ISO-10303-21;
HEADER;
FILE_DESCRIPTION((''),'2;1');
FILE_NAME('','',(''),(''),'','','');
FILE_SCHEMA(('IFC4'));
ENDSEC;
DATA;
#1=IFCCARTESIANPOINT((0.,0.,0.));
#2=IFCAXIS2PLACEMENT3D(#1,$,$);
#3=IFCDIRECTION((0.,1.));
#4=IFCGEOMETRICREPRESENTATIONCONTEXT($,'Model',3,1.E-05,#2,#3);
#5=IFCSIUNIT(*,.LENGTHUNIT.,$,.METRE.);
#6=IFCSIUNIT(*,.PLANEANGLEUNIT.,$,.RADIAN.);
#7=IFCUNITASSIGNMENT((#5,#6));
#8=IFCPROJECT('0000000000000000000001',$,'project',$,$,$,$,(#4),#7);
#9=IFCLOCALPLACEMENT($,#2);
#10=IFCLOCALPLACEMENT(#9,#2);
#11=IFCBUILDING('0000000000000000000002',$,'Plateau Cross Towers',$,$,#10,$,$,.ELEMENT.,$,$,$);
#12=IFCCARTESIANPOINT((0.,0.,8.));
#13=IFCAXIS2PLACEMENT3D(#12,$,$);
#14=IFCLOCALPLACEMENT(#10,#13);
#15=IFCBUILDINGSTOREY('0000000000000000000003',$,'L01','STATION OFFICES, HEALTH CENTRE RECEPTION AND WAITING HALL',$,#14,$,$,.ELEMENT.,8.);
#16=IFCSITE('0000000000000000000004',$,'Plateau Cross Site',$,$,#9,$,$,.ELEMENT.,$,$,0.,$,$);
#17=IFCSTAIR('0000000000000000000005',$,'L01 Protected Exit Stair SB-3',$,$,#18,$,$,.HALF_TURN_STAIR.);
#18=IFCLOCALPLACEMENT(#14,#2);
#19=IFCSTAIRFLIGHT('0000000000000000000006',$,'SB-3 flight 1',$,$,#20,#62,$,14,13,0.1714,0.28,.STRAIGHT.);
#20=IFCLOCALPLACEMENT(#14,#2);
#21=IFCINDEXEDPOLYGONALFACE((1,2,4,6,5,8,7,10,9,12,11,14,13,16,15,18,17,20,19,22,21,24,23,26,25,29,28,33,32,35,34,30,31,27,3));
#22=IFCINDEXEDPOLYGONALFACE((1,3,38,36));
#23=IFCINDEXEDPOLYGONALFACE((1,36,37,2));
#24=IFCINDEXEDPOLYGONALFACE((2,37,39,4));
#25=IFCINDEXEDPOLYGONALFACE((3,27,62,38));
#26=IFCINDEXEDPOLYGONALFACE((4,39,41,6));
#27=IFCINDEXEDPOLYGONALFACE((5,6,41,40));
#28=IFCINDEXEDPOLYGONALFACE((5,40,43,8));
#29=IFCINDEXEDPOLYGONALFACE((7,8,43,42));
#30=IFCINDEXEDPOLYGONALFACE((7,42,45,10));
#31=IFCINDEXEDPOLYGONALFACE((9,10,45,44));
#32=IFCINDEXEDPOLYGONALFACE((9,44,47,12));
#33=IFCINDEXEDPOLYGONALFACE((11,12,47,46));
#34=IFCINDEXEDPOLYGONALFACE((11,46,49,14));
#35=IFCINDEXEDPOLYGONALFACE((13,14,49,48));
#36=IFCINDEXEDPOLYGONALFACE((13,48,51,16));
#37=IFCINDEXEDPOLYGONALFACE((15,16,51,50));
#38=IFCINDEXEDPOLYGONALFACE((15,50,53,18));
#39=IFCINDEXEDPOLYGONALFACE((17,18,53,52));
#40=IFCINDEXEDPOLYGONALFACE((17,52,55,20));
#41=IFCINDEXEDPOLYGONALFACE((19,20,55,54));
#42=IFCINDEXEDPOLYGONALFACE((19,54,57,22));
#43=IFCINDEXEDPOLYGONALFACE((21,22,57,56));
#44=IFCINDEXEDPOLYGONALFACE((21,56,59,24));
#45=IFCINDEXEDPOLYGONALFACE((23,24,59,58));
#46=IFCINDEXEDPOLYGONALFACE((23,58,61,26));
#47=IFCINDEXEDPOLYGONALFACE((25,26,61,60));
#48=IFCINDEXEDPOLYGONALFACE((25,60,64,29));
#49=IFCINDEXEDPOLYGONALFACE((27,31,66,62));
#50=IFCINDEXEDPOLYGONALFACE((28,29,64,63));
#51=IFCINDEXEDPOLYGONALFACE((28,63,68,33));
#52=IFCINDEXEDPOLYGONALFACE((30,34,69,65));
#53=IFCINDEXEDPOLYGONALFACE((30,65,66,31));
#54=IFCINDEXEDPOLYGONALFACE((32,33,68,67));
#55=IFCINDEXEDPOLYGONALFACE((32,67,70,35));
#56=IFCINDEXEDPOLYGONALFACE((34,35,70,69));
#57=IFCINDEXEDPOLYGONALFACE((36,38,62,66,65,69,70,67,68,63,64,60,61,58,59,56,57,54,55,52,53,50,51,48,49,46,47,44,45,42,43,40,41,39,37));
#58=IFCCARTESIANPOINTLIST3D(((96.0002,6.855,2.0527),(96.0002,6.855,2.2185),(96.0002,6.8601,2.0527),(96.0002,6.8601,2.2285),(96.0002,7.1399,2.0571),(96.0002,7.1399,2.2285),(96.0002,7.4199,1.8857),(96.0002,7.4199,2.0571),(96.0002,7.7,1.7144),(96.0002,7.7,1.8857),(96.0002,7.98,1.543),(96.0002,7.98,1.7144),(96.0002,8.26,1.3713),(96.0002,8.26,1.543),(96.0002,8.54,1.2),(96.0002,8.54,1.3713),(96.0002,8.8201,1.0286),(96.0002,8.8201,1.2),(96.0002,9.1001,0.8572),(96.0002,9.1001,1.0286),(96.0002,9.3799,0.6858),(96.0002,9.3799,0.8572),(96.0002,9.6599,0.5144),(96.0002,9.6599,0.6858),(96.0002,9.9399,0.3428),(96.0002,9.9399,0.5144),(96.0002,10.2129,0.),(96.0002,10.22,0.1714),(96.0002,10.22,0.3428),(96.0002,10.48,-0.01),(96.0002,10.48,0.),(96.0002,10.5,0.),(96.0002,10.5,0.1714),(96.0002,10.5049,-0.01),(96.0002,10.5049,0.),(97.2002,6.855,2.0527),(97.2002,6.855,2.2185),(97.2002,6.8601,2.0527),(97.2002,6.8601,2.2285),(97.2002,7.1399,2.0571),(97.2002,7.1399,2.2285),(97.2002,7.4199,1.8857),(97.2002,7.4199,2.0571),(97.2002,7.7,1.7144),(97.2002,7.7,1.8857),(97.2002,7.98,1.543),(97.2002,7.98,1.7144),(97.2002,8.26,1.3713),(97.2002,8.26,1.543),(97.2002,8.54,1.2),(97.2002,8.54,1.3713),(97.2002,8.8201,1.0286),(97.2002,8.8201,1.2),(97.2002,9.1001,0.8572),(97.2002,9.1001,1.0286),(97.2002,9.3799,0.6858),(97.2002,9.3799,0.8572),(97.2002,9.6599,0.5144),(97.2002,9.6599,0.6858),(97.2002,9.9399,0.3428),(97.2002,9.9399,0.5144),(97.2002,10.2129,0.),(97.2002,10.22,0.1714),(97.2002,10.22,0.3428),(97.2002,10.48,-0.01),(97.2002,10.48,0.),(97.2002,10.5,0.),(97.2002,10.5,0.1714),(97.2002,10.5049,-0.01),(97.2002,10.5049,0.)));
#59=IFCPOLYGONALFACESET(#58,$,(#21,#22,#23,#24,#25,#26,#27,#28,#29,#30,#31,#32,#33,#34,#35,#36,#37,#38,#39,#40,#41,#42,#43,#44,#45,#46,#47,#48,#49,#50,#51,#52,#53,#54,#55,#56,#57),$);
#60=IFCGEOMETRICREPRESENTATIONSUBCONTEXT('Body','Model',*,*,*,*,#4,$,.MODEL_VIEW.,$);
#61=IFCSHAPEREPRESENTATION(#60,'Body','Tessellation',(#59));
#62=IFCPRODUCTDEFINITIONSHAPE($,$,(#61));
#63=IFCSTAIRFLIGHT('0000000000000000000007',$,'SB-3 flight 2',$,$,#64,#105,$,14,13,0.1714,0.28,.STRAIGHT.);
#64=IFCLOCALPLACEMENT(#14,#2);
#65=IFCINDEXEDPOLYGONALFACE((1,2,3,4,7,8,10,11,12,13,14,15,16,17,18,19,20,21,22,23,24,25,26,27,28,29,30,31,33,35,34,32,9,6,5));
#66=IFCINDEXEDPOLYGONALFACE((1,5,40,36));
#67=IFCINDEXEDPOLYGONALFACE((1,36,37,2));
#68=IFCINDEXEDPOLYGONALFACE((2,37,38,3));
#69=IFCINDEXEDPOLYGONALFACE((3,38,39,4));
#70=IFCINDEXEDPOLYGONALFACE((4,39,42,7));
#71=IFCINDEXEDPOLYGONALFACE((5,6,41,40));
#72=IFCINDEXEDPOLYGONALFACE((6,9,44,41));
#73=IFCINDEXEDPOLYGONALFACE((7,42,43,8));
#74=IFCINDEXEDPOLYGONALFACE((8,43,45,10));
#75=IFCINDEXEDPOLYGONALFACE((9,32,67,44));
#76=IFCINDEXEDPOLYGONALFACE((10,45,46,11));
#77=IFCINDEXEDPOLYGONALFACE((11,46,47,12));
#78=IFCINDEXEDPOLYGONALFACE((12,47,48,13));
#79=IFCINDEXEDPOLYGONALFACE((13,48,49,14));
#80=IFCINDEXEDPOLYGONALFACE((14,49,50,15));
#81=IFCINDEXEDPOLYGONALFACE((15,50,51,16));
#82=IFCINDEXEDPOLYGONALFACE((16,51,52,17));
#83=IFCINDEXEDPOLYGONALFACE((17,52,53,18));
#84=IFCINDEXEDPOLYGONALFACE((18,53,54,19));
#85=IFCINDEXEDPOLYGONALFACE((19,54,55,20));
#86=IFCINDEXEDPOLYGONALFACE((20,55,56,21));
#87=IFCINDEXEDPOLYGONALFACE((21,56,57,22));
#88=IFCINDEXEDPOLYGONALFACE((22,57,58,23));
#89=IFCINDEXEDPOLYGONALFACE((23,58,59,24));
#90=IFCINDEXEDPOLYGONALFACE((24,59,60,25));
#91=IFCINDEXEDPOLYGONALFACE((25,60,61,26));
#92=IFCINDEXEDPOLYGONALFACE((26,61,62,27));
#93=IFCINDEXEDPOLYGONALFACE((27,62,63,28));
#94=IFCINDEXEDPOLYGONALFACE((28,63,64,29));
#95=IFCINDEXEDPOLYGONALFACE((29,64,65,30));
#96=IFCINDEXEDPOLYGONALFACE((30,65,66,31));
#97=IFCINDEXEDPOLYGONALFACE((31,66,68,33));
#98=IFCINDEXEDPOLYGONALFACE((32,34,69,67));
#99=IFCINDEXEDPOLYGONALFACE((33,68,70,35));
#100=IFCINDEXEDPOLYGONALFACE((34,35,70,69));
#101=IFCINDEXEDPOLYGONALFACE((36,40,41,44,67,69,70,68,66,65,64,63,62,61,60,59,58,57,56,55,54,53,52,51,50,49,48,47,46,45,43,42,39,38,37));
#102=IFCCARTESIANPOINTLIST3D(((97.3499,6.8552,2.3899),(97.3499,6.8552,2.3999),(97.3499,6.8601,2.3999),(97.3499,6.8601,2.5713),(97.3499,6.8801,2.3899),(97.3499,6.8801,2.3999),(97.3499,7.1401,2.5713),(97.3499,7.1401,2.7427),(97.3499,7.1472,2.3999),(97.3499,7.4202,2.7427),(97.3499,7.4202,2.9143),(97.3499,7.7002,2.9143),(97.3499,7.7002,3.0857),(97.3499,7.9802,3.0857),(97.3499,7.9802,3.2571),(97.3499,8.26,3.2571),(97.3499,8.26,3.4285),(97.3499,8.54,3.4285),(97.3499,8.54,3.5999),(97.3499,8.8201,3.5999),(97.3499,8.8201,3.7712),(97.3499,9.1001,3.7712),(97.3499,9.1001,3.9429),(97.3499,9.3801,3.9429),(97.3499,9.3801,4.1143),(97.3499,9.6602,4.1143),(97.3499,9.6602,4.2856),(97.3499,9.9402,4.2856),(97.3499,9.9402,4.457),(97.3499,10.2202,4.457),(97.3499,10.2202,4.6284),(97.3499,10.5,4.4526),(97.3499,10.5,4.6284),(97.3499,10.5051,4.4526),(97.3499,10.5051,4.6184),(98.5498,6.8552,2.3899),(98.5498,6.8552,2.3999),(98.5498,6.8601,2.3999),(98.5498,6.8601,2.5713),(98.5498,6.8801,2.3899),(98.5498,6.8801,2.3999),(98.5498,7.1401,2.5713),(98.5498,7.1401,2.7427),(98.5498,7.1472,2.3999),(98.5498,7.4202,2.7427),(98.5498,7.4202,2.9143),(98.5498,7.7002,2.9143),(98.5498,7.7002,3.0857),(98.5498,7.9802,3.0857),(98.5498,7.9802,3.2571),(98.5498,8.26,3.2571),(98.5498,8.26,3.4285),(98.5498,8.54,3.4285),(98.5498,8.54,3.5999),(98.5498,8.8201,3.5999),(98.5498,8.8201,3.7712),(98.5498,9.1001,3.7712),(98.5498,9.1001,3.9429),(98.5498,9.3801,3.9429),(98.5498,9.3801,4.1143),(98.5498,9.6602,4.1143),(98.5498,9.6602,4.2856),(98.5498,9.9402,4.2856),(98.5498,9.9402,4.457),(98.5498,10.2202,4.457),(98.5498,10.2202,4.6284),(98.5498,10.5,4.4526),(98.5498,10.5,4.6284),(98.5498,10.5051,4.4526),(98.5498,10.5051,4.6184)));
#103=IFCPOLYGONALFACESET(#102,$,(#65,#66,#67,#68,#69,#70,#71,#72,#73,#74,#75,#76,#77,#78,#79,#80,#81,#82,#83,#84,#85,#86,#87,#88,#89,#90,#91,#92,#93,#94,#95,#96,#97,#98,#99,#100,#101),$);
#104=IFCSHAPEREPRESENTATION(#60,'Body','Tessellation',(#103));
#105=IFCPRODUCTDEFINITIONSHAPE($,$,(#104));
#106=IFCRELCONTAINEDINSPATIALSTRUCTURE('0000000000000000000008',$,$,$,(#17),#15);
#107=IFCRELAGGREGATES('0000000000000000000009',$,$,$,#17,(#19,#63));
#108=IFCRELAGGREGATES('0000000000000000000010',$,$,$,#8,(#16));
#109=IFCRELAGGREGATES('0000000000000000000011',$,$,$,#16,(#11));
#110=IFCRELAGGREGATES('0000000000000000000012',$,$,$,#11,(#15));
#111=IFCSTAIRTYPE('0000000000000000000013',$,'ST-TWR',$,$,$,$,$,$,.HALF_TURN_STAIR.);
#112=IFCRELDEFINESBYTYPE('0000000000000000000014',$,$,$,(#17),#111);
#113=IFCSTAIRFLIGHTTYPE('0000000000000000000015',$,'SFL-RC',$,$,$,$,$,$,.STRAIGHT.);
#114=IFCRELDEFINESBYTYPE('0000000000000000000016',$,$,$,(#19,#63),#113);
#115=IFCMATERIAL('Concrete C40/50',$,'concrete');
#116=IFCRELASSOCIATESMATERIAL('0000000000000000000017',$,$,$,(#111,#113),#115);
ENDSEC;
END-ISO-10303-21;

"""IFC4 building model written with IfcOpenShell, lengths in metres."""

from ifc_helpers import new_model, si_unit, direction, frame, origin, place, context, subcontext, project, spatial, polyline, outline, extrude, material, type_object, element, aggregate, save


model = new_model("IFC4")

# Units and contexts
model_context = context("Model", 3, precision=1e-05, world=origin(), true_north=direction((0.0, 1.0)))
body_context = subcontext(model_context, "Body", "Model", "MODEL_VIEW")
ifc_project = project(units=[si_unit("LENGTHUNIT", "METRE"), si_unit("PLANEANGLEUNIT", "RADIAN")], contexts=[model_context])

# Site, building, storey
site_placement = place(None, origin())
site = spatial("IfcSite", under=ifc_project, at=site_placement, Name="Plateau Cross Site", CompositionType="ELEMENT", RefElevation=0.0)
building_placement = place(site_placement, origin())
building = spatial("IfcBuilding", under=site, at=building_placement, Name="Plateau Cross Towers", CompositionType="ELEMENT")
storey_placement = place(building_placement, frame((0.0, 0.0, 8.0)))
storey = spatial("IfcBuildingStorey", under=building, at=storey_placement, Name="L01", Description="STATION OFFICES, HEALTH CENTRE RECEPTION AND WAITING HALL", CompositionType="ELEMENT", Elevation=8.0)

# Stair, stair flights
ifc_material_1 = material(Name="Concrete C40/50", Category="concrete")
stair_type = type_object("IfcStairType", Name="ST-TWR", PredefinedType="HALF_TURN_STAIR", material=ifc_material_1)
stair_placement = place(storey_placement, origin())
stair = element("IfcStair", 1, at=stair_placement, inside=storey, type_object=stair_type, Name="L01 Protected Exit Stair SB-3", PredefinedType="HALF_TURN_STAIR")
stair_flight_type = type_object("IfcStairFlightType", Name="SFL-RC", PredefinedType="STRAIGHT", material=ifc_material_1)
stair_flight_1_placement = place(storey_placement, frame((96.6001, 10.5, 0.0), z_axis=(0.0, 0.0, 1.0), x_axis=(0.0, -1.0, 0.0)))
stair_flight_1 = element("IfcStairFlight", 2, at=stair_flight_1_placement, type_object=stair_flight_type, Name="SB-3 flight 1", NumberOfRisers=14, NumberOfTreads=13, PredefinedType="STRAIGHT", RiserHeight=0.1714, TreadLength=0.28, context=body_context, shape_type="SweptSolid", body=[
    extrude(outline(polyline([(-0.0049, -0.01), (-0.0049, 0.0), (0.0, 0.0), (0.0, 0.1714), (0.28, 0.1714), (0.28, 0.3428), (0.5601, 0.3428), (0.5601, 0.5144), (0.8401, 0.5144), (0.8401, 0.6858), (1.1201, 0.6858), (1.1201, 0.8572), (1.3999, 0.8572), (1.3999, 1.0286), (1.6799, 1.0286), (1.6799, 1.2), (1.96, 1.2), (1.96, 1.3713), (2.24, 1.3713), (2.24, 1.543), (2.52, 1.543), (2.52, 1.7144), (2.8, 1.7144), (2.8, 1.8857), (3.0801, 1.8857), (3.0801, 2.0571), (3.3601, 2.0571), (3.3601, 2.2285), (3.6399, 2.2285), (3.645, 2.2185), (3.645, 2.0527), (3.6399, 2.0527), (0.2871, 0.0), (0.02, 0.0), (0.02, -0.01), (-0.0049, -0.01)])), frame((0.0, 0.6001, 0.0), z_axis=(0.0, -1.0, 0.0), x_axis=(1.0, 0.0, 0.0)), (0.0, 0.0, 1.0), 1.2),
])
stair_flight_2_placement = place(storey_placement, frame((97.95, 6.8601, 2.3999), z_axis=(0.0, 0.0, 1.0), x_axis=(0.0, 1.0, 0.0)))
stair_flight_2 = element("IfcStairFlight", 3, at=stair_flight_2_placement, type_object=stair_flight_type, Name="SB-3 flight 2", NumberOfRisers=14, NumberOfTreads=13, PredefinedType="STRAIGHT", RiserHeight=0.1714, TreadLength=0.28, context=body_context, shape_type="SweptSolid", body=[
    extrude(outline(polyline([(-0.0049, -0.01), (-0.0049, 0.0), (0.0, 0.0), (0.0, 0.1714), (0.28, 0.1714), (0.28, 0.3428), (0.5601, 0.3428), (0.5601, 0.5144), (0.8401, 0.5144), (0.8401, 0.6858), (1.1201, 0.6858), (1.1201, 0.8572), (1.3999, 0.8572), (1.3999, 1.0286), (1.6799, 1.0286), (1.6799, 1.2), (1.96, 1.2), (1.96, 1.3713), (2.24, 1.3713), (2.24, 1.543), (2.52, 1.543), (2.52, 1.7144), (2.8, 1.7144), (2.8, 1.8857), (3.0801, 1.8857), (3.0801, 2.0571), (3.3601, 2.0571), (3.3601, 2.2285), (3.6399, 2.2285), (3.645, 2.2185), (3.645, 2.0527), (3.6399, 2.0527), (0.2871, 0.0), (0.02, 0.0), (0.02, -0.01), (-0.0049, -0.01)])), frame((0.0, 0.6001, 0.0), z_axis=(0.0, -1.0, 0.0), x_axis=(1.0, 0.0, 0.0)), (0.0, 0.0, 1.0), 1.2),
])
aggregate(stair, [stair_flight_1, stair_flight_2])

save(model, "model.ifc")
